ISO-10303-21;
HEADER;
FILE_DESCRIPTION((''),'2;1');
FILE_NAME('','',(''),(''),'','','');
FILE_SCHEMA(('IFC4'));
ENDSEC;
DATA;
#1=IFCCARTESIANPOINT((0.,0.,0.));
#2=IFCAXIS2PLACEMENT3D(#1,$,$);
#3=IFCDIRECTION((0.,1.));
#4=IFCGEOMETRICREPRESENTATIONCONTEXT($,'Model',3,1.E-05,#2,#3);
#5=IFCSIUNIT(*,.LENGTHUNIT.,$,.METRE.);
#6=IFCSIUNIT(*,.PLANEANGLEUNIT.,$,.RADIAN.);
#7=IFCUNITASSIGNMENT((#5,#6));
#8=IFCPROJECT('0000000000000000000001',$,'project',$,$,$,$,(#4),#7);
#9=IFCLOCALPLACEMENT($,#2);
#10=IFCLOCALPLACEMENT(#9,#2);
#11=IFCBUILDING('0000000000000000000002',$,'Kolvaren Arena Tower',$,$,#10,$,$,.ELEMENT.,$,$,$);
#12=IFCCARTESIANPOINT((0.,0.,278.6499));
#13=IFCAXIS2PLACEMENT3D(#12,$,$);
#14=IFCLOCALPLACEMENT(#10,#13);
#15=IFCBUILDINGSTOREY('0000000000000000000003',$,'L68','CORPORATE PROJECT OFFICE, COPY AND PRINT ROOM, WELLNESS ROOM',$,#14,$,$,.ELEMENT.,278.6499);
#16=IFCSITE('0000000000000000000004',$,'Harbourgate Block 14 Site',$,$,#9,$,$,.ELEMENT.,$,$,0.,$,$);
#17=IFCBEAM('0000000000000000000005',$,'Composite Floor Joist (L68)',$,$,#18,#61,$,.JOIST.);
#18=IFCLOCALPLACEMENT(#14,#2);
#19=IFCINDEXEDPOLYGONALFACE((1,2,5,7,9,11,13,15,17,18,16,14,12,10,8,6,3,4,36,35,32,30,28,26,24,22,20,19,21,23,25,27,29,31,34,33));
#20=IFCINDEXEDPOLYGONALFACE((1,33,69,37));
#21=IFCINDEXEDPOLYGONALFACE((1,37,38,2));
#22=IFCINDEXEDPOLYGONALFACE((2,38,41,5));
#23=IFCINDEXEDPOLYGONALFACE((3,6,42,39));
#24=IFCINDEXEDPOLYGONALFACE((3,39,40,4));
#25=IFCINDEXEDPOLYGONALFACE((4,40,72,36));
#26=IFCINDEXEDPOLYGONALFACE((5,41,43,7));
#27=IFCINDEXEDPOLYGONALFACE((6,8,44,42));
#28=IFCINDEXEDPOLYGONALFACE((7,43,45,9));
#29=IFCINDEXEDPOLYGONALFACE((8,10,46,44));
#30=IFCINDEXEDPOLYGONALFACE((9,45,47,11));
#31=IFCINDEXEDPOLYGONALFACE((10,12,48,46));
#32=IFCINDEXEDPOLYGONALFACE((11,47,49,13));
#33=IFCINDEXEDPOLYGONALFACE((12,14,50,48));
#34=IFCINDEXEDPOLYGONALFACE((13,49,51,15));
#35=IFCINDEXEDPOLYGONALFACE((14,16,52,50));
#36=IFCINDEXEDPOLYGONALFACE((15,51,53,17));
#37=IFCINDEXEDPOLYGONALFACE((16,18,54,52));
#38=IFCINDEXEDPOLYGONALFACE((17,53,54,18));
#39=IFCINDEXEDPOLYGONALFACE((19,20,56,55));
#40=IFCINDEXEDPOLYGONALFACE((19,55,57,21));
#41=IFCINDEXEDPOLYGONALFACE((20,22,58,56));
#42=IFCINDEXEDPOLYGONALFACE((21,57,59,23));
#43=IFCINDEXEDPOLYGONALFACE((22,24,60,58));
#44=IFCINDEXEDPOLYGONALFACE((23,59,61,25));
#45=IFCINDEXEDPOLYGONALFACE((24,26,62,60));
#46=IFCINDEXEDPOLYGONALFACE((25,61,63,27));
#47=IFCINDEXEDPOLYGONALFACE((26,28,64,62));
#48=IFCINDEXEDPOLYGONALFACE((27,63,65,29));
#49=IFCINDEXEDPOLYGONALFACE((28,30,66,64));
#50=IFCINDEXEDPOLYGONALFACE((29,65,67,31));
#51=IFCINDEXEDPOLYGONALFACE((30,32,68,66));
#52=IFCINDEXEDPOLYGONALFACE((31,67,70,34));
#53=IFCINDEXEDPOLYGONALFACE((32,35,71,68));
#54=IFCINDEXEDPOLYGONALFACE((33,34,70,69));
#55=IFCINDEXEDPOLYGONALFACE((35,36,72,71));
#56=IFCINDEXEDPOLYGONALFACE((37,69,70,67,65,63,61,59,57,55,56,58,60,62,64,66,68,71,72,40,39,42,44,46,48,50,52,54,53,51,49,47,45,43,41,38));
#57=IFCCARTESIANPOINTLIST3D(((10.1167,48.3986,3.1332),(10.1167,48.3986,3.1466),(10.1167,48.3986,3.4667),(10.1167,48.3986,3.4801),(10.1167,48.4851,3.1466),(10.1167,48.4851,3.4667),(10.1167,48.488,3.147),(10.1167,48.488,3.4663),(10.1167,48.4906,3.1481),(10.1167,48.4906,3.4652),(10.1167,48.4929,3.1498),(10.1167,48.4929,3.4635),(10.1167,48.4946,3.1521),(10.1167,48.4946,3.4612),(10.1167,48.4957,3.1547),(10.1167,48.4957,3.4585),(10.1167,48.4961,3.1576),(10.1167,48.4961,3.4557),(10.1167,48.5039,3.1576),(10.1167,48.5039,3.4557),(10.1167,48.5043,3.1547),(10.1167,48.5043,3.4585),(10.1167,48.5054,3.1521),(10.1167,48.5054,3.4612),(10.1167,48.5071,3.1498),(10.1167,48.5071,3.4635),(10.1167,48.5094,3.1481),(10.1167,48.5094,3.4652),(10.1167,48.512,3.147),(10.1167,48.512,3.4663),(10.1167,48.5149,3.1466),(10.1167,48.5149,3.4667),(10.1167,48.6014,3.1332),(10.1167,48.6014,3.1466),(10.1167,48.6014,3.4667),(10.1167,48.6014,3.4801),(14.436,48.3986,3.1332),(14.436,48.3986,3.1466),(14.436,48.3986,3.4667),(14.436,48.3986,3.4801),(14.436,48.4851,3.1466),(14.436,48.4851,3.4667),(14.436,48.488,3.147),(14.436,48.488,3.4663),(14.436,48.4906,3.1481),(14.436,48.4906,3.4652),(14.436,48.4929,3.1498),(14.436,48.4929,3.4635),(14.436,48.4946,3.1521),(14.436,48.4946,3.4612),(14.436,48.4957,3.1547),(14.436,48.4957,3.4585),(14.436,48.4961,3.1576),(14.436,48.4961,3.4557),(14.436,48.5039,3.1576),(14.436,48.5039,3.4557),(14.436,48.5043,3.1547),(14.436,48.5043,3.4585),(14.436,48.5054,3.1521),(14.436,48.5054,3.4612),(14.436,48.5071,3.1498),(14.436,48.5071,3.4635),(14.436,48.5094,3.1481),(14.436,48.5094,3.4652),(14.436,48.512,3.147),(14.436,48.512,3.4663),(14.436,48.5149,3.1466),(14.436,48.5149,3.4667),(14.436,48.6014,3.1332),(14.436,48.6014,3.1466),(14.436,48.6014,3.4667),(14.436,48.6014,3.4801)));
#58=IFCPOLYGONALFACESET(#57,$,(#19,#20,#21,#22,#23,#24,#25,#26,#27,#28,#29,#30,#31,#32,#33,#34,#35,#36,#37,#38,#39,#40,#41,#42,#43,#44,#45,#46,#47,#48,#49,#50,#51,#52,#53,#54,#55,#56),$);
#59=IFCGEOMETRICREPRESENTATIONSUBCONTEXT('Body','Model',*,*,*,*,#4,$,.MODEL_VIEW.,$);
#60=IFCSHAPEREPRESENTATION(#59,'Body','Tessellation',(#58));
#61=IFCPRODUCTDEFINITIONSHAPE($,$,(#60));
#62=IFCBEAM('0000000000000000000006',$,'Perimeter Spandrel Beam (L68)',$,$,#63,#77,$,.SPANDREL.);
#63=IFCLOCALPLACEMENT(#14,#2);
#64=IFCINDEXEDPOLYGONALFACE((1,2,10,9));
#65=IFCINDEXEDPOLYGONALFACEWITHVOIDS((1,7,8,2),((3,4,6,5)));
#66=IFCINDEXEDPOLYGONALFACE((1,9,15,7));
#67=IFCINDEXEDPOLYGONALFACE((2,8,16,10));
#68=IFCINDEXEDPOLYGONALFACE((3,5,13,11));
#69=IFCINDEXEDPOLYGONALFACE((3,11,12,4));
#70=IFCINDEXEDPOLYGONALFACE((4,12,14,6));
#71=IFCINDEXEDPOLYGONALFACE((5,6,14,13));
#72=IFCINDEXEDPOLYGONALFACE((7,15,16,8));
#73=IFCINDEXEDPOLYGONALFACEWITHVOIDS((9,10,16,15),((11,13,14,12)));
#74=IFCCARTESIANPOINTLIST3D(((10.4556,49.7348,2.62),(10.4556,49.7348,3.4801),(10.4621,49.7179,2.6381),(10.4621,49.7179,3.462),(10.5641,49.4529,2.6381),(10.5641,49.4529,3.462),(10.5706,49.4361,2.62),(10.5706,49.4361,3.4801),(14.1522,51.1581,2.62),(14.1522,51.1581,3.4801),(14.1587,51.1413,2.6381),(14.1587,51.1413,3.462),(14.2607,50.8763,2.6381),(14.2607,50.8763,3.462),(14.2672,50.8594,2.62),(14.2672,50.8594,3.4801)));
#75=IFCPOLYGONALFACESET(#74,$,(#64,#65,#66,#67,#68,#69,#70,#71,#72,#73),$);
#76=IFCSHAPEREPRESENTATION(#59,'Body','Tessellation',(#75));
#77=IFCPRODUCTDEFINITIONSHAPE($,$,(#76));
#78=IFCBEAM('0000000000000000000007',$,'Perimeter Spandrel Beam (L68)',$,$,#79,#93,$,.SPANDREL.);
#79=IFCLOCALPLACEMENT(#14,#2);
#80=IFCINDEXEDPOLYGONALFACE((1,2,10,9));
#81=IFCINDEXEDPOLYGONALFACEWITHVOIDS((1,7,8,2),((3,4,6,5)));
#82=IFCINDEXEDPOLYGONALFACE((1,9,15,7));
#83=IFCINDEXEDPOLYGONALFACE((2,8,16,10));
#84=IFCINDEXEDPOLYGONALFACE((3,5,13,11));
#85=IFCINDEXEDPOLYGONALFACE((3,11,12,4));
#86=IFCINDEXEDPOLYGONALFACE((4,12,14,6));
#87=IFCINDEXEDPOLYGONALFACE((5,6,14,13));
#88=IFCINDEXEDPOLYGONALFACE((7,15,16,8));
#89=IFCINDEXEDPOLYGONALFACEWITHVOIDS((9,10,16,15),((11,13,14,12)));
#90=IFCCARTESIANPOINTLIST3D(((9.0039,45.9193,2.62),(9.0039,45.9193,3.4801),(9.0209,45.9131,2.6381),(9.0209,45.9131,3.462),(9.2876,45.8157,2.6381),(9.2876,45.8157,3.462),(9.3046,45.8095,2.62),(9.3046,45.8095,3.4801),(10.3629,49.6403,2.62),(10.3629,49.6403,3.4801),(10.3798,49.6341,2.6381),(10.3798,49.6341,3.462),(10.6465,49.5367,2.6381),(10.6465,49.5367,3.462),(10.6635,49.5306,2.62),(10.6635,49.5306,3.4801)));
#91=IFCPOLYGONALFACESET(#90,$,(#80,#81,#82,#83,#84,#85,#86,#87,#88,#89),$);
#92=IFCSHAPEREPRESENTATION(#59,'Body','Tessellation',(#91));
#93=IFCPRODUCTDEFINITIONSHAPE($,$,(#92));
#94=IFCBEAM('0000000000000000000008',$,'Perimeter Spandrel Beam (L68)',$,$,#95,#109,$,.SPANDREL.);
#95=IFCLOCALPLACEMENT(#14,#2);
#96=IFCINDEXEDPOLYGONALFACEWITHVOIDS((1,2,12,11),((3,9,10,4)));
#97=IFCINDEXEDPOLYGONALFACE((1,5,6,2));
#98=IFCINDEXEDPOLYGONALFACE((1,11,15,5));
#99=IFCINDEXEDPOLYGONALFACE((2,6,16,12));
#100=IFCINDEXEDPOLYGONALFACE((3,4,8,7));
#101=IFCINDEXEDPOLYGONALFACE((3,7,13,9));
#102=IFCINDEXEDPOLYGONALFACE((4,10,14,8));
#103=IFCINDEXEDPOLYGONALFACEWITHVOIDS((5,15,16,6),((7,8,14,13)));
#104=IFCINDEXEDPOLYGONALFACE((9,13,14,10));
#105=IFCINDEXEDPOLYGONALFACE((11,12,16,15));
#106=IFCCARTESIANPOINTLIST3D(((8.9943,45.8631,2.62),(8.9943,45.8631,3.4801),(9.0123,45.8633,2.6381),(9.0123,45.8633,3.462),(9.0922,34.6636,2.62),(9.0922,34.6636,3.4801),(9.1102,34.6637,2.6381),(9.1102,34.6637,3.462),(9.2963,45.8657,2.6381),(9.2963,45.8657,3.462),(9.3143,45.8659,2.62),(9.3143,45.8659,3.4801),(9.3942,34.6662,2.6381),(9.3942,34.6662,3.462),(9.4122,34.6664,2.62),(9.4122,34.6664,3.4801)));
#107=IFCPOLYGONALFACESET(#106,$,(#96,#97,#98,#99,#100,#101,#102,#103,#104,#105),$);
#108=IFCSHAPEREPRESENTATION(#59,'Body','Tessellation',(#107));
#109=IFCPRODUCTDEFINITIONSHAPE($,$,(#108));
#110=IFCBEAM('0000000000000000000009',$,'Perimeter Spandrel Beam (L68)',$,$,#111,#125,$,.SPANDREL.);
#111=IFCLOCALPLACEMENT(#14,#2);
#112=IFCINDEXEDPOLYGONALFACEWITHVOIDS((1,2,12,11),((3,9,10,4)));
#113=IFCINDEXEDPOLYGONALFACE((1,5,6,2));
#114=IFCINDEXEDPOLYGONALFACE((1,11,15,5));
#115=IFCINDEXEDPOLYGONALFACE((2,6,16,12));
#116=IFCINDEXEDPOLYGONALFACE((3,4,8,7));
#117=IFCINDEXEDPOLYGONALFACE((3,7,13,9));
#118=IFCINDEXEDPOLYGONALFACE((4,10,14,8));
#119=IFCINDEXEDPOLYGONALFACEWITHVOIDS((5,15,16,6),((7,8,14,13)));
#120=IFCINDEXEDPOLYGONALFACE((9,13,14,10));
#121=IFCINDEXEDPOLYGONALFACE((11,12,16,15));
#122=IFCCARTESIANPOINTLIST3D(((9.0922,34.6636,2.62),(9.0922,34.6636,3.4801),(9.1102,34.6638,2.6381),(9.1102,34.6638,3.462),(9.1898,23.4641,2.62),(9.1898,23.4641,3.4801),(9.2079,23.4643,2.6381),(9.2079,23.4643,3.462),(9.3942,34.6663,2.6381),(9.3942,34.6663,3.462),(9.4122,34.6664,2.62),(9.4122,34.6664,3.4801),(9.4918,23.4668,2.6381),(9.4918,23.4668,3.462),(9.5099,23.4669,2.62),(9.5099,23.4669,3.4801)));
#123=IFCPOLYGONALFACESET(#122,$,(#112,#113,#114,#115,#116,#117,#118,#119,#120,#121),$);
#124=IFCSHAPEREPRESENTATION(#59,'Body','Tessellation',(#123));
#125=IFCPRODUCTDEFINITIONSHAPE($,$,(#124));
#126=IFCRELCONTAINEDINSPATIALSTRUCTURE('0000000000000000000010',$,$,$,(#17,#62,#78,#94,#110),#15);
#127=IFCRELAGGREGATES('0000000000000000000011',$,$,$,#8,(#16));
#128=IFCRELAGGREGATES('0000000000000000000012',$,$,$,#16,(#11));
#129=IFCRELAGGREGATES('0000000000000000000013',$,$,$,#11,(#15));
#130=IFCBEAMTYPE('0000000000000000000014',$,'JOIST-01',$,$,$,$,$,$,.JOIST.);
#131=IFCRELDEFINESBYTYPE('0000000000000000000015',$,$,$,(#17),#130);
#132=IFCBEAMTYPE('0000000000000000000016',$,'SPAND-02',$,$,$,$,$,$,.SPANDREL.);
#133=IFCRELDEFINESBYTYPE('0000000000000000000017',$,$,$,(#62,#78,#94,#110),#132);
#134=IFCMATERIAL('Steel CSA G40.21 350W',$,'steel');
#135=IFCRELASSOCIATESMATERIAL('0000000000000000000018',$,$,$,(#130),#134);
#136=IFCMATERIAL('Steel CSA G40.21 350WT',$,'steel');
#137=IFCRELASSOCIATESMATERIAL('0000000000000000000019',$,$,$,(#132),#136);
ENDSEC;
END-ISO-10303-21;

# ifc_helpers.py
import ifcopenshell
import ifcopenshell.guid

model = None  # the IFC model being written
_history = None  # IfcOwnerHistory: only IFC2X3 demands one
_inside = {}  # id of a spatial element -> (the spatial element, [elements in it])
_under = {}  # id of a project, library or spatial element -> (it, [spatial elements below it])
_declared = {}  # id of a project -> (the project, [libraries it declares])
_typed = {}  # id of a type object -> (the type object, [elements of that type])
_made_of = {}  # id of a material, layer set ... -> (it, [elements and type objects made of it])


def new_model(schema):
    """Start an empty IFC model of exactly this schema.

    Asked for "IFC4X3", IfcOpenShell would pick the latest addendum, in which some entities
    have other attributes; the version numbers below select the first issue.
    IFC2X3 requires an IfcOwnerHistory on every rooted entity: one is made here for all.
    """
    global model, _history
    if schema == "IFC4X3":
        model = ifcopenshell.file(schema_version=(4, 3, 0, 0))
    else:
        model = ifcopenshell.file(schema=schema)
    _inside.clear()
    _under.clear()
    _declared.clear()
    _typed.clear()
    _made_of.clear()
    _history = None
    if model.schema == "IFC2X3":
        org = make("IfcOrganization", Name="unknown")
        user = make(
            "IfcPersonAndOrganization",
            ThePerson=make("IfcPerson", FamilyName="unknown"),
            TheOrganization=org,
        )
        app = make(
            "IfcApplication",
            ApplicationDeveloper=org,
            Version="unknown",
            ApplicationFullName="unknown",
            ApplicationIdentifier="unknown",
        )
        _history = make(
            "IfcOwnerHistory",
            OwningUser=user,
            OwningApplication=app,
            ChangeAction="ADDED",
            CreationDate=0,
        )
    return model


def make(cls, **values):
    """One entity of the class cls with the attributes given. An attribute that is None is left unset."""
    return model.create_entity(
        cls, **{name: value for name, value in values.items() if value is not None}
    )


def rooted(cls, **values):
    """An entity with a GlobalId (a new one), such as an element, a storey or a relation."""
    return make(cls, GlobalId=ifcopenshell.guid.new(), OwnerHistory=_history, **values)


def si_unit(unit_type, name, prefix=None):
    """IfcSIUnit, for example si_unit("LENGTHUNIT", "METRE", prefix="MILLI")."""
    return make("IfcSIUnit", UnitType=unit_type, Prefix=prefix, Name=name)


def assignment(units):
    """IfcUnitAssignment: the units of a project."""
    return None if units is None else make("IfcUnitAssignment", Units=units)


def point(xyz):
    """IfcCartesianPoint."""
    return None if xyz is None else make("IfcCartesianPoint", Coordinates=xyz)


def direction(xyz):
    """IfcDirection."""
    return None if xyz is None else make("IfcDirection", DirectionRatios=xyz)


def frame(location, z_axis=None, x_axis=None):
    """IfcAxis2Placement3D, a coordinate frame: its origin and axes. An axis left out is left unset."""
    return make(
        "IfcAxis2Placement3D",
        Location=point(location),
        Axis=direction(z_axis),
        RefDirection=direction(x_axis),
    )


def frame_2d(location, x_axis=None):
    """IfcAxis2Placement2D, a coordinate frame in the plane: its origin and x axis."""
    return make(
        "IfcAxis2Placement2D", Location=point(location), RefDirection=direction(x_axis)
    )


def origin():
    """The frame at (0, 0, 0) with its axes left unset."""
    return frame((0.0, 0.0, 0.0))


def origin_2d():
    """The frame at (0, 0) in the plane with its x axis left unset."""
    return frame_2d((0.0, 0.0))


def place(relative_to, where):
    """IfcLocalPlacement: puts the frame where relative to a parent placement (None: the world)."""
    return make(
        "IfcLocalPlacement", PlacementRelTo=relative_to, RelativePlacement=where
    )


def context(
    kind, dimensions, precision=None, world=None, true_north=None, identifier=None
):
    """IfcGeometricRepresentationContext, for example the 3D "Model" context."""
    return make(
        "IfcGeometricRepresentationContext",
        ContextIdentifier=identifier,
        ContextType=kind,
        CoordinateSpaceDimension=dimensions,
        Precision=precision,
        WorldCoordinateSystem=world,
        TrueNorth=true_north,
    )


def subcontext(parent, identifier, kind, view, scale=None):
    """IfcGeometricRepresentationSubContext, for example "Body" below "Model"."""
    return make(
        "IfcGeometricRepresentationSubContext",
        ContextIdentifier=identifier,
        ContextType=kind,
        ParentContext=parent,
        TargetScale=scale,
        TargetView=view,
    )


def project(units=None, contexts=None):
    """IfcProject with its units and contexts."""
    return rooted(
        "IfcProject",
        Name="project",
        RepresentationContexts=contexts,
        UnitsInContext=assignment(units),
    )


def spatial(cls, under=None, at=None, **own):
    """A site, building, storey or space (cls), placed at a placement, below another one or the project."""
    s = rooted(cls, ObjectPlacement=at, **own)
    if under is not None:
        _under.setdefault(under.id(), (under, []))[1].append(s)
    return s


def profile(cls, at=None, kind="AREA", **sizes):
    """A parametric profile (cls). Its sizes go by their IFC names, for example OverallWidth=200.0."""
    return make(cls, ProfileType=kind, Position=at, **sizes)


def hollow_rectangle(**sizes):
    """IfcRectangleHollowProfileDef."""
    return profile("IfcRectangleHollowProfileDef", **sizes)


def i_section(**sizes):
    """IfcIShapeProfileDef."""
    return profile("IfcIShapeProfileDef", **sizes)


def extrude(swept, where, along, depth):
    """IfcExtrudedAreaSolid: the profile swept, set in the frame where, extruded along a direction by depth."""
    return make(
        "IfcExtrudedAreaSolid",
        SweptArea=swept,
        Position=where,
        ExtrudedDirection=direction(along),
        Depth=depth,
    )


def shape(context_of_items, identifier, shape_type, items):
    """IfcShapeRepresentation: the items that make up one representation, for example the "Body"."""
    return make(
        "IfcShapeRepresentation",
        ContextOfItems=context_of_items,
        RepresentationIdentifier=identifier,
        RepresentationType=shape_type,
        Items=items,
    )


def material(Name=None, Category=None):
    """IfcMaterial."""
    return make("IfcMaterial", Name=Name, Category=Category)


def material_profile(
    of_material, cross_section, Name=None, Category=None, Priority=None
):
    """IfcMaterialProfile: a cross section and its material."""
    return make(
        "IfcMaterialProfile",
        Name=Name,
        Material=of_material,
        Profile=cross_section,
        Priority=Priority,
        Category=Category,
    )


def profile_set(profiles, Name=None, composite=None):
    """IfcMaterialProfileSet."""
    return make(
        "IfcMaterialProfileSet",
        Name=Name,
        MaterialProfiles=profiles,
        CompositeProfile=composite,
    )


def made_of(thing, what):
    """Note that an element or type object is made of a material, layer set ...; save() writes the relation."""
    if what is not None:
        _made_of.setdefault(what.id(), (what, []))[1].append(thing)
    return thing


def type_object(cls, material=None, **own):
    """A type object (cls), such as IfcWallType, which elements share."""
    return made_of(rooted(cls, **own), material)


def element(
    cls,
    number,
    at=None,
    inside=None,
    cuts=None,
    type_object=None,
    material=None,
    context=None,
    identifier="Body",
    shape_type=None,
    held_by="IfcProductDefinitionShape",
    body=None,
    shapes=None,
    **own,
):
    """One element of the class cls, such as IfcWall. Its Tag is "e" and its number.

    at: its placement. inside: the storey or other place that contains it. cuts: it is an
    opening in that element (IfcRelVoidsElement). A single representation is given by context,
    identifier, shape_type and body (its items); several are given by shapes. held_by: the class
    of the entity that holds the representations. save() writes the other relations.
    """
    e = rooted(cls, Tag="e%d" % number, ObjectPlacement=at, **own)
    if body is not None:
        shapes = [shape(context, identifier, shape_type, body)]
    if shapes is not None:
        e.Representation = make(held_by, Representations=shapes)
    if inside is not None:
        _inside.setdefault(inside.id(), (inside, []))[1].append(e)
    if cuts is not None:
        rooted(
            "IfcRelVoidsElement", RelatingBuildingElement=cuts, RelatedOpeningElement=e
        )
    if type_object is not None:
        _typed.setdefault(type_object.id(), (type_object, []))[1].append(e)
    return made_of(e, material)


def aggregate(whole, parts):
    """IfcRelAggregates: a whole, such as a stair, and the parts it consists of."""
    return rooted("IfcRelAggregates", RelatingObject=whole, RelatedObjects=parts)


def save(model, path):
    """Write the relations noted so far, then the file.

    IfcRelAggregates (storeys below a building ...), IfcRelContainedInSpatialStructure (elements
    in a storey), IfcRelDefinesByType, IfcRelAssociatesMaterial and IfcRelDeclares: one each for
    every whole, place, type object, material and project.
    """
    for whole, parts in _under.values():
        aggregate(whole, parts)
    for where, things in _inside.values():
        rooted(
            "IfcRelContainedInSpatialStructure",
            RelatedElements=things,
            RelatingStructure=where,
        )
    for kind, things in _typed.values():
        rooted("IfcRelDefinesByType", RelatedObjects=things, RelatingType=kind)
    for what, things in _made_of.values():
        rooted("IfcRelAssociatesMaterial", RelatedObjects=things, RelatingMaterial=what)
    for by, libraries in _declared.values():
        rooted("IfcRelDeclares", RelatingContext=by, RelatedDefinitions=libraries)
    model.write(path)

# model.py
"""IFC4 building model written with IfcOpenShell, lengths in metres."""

from ifc_helpers import new_model, si_unit, direction, frame, origin, origin_2d, place, context, subcontext, project, spatial, hollow_rectangle, i_section, extrude, material, material_profile, profile_set, type_object, element, save


model = new_model("IFC4")

# Units and contexts
model_context = context("Model", 3, precision=1e-05, world=origin(), true_north=direction((0.0, 1.0)))
body_context = subcontext(model_context, "Body", "Model", "MODEL_VIEW")
ifc_project = project(units=[si_unit("LENGTHUNIT", "METRE"), si_unit("PLANEANGLEUNIT", "RADIAN")], contexts=[model_context])

# Site, building, storey
site_placement = place(None, origin())
site = spatial("IfcSite", under=ifc_project, at=site_placement, Name="Harbourgate Block 14 Site", CompositionType="ELEMENT", RefElevation=0.0)
building_placement = place(site_placement, origin())
building = spatial("IfcBuilding", under=site, at=building_placement, Name="Kolvaren Arena Tower", CompositionType="ELEMENT")
storey_placement = place(building_placement, frame((0.0, 0.0, 278.6499)))
storey = spatial("IfcBuildingStorey", under=building, at=storey_placement, Name="L68", Description="CORPORATE PROJECT OFFICE, COPY AND PRINT ROOM, WELLNESS ROOM", CompositionType="ELEMENT", Elevation=278.6499)

# Beams
ifc_material_1 = material(Name="Steel CSA G40.21 350W", Category="steel")
ifc_material_profile_1 = material_profile(ifc_material_1, i_section(OverallWidth=0.2029, OverallDepth=0.3469, WebThickness=0.0078, FlangeThickness=0.0134, FilletRadius=0.011, at=origin_2d()), Name="W360x64")
ifc_profile_set_1 = profile_set([ifc_material_profile_1], Name="Steel CSA G40.21 350W")
beam_type_1 = type_object("IfcBeamType", Name="JOIST-01", PredefinedType="JOIST", material=ifc_profile_set_1)
beam_1_placement = place(storey_placement, frame((10.1167, 48.5, 3.3066), z_axis=(1.0, 0.0, 0.0), x_axis=(0.0, 1.0, 0.0)))
element("IfcBeam", 1, at=beam_1_placement, inside=storey, type_object=beam_type_1, Name="Composite Floor Joist (L68)", PredefinedType="JOIST", context=body_context, shape_type="SweptSolid", body=[
    extrude(i_section(OverallWidth=0.2029, OverallDepth=0.3469, WebThickness=0.0078, FlangeThickness=0.0134, FilletRadius=0.011, at=origin_2d()), origin(), (0.0, 0.0, 1.0), 4.3193),
])
ifc_material_2 = material(Name="Steel CSA G40.21 350WT", Category="steel")
ifc_material_profile_2 = material_profile(ifc_material_2, hollow_rectangle(XDim=0.3201, YDim=0.8601, WallThickness=0.0181, at=origin_2d()), Name="HSS 860x320x18")
ifc_profile_set_2 = profile_set([ifc_material_profile_2], Name="Steel CSA G40.21 350WT")
beam_type_2 = type_object("IfcBeamType", Name="SPAND-02", PredefinedType="SPANDREL", material=ifc_profile_set_2)
beam_2_placement = place(storey_placement, frame((14.2097, 51.0088, 3.05), z_axis=(-0.933211, -0.35933, 0.0), x_axis=(0.35933, -0.933211, 0.0)))
element("IfcBeam", 2, at=beam_2_placement, inside=storey, type_object=beam_type_2, Name="Perimeter Spandrel Beam (L68)", PredefinedType="SPANDREL", context=body_context, shape_type="SweptSolid", body=[
    extrude(hollow_rectangle(XDim=0.3201, YDim=0.8601, WallThickness=0.0181, at=origin_2d()), origin(), (0.0, 0.0, 1.0), 3.9612),
])
beam_3_placement = place(storey_placement, frame((10.5132, 49.5854, 3.05), z_axis=(-0.343039, -0.939321, 0.0), x_axis=(0.939321, -0.343039, 0.0)))
element("IfcBeam", 3, at=beam_3_placement, inside=storey, type_object=beam_type_2, Name="Perimeter Spandrel Beam (L68)", PredefinedType="SPANDREL", context=body_context, shape_type="SweptSolid", body=[
    extrude(hollow_rectangle(XDim=0.3201, YDim=0.8601, WallThickness=0.0181, at=origin_2d()), origin(), (0.0, 0.0, 1.0), 3.9614),
])
for number, where, z_axis, x_axis, name in (
    (4, (9.1543, 45.8645, 3.05), (0.008741, -0.999962, 0.0), (0.999962, 0.008741, 0.0), "Perimeter Spandrel Beam (L68)"),
    (5, (9.2522, 34.665, 3.05), (0.008719, -0.999962, 0.0), (0.999962, 0.008719, 0.0), "Perimeter Spandrel Beam (L68)"),
):
    element("IfcBeam", number, at=place(storey_placement, frame(where, z_axis=z_axis, x_axis=x_axis)), inside=storey, type_object=beam_type_2, Name=name, PredefinedType="SPANDREL", context=body_context, shape_type="SweptSolid", body=[
        extrude(hollow_rectangle(XDim=0.3201, YDim=0.8601, WallThickness=0.0181, at=origin_2d()), origin(), (0.0, 0.0, 1.0), 11.2),
    ])

save(model, "model.ifc")
